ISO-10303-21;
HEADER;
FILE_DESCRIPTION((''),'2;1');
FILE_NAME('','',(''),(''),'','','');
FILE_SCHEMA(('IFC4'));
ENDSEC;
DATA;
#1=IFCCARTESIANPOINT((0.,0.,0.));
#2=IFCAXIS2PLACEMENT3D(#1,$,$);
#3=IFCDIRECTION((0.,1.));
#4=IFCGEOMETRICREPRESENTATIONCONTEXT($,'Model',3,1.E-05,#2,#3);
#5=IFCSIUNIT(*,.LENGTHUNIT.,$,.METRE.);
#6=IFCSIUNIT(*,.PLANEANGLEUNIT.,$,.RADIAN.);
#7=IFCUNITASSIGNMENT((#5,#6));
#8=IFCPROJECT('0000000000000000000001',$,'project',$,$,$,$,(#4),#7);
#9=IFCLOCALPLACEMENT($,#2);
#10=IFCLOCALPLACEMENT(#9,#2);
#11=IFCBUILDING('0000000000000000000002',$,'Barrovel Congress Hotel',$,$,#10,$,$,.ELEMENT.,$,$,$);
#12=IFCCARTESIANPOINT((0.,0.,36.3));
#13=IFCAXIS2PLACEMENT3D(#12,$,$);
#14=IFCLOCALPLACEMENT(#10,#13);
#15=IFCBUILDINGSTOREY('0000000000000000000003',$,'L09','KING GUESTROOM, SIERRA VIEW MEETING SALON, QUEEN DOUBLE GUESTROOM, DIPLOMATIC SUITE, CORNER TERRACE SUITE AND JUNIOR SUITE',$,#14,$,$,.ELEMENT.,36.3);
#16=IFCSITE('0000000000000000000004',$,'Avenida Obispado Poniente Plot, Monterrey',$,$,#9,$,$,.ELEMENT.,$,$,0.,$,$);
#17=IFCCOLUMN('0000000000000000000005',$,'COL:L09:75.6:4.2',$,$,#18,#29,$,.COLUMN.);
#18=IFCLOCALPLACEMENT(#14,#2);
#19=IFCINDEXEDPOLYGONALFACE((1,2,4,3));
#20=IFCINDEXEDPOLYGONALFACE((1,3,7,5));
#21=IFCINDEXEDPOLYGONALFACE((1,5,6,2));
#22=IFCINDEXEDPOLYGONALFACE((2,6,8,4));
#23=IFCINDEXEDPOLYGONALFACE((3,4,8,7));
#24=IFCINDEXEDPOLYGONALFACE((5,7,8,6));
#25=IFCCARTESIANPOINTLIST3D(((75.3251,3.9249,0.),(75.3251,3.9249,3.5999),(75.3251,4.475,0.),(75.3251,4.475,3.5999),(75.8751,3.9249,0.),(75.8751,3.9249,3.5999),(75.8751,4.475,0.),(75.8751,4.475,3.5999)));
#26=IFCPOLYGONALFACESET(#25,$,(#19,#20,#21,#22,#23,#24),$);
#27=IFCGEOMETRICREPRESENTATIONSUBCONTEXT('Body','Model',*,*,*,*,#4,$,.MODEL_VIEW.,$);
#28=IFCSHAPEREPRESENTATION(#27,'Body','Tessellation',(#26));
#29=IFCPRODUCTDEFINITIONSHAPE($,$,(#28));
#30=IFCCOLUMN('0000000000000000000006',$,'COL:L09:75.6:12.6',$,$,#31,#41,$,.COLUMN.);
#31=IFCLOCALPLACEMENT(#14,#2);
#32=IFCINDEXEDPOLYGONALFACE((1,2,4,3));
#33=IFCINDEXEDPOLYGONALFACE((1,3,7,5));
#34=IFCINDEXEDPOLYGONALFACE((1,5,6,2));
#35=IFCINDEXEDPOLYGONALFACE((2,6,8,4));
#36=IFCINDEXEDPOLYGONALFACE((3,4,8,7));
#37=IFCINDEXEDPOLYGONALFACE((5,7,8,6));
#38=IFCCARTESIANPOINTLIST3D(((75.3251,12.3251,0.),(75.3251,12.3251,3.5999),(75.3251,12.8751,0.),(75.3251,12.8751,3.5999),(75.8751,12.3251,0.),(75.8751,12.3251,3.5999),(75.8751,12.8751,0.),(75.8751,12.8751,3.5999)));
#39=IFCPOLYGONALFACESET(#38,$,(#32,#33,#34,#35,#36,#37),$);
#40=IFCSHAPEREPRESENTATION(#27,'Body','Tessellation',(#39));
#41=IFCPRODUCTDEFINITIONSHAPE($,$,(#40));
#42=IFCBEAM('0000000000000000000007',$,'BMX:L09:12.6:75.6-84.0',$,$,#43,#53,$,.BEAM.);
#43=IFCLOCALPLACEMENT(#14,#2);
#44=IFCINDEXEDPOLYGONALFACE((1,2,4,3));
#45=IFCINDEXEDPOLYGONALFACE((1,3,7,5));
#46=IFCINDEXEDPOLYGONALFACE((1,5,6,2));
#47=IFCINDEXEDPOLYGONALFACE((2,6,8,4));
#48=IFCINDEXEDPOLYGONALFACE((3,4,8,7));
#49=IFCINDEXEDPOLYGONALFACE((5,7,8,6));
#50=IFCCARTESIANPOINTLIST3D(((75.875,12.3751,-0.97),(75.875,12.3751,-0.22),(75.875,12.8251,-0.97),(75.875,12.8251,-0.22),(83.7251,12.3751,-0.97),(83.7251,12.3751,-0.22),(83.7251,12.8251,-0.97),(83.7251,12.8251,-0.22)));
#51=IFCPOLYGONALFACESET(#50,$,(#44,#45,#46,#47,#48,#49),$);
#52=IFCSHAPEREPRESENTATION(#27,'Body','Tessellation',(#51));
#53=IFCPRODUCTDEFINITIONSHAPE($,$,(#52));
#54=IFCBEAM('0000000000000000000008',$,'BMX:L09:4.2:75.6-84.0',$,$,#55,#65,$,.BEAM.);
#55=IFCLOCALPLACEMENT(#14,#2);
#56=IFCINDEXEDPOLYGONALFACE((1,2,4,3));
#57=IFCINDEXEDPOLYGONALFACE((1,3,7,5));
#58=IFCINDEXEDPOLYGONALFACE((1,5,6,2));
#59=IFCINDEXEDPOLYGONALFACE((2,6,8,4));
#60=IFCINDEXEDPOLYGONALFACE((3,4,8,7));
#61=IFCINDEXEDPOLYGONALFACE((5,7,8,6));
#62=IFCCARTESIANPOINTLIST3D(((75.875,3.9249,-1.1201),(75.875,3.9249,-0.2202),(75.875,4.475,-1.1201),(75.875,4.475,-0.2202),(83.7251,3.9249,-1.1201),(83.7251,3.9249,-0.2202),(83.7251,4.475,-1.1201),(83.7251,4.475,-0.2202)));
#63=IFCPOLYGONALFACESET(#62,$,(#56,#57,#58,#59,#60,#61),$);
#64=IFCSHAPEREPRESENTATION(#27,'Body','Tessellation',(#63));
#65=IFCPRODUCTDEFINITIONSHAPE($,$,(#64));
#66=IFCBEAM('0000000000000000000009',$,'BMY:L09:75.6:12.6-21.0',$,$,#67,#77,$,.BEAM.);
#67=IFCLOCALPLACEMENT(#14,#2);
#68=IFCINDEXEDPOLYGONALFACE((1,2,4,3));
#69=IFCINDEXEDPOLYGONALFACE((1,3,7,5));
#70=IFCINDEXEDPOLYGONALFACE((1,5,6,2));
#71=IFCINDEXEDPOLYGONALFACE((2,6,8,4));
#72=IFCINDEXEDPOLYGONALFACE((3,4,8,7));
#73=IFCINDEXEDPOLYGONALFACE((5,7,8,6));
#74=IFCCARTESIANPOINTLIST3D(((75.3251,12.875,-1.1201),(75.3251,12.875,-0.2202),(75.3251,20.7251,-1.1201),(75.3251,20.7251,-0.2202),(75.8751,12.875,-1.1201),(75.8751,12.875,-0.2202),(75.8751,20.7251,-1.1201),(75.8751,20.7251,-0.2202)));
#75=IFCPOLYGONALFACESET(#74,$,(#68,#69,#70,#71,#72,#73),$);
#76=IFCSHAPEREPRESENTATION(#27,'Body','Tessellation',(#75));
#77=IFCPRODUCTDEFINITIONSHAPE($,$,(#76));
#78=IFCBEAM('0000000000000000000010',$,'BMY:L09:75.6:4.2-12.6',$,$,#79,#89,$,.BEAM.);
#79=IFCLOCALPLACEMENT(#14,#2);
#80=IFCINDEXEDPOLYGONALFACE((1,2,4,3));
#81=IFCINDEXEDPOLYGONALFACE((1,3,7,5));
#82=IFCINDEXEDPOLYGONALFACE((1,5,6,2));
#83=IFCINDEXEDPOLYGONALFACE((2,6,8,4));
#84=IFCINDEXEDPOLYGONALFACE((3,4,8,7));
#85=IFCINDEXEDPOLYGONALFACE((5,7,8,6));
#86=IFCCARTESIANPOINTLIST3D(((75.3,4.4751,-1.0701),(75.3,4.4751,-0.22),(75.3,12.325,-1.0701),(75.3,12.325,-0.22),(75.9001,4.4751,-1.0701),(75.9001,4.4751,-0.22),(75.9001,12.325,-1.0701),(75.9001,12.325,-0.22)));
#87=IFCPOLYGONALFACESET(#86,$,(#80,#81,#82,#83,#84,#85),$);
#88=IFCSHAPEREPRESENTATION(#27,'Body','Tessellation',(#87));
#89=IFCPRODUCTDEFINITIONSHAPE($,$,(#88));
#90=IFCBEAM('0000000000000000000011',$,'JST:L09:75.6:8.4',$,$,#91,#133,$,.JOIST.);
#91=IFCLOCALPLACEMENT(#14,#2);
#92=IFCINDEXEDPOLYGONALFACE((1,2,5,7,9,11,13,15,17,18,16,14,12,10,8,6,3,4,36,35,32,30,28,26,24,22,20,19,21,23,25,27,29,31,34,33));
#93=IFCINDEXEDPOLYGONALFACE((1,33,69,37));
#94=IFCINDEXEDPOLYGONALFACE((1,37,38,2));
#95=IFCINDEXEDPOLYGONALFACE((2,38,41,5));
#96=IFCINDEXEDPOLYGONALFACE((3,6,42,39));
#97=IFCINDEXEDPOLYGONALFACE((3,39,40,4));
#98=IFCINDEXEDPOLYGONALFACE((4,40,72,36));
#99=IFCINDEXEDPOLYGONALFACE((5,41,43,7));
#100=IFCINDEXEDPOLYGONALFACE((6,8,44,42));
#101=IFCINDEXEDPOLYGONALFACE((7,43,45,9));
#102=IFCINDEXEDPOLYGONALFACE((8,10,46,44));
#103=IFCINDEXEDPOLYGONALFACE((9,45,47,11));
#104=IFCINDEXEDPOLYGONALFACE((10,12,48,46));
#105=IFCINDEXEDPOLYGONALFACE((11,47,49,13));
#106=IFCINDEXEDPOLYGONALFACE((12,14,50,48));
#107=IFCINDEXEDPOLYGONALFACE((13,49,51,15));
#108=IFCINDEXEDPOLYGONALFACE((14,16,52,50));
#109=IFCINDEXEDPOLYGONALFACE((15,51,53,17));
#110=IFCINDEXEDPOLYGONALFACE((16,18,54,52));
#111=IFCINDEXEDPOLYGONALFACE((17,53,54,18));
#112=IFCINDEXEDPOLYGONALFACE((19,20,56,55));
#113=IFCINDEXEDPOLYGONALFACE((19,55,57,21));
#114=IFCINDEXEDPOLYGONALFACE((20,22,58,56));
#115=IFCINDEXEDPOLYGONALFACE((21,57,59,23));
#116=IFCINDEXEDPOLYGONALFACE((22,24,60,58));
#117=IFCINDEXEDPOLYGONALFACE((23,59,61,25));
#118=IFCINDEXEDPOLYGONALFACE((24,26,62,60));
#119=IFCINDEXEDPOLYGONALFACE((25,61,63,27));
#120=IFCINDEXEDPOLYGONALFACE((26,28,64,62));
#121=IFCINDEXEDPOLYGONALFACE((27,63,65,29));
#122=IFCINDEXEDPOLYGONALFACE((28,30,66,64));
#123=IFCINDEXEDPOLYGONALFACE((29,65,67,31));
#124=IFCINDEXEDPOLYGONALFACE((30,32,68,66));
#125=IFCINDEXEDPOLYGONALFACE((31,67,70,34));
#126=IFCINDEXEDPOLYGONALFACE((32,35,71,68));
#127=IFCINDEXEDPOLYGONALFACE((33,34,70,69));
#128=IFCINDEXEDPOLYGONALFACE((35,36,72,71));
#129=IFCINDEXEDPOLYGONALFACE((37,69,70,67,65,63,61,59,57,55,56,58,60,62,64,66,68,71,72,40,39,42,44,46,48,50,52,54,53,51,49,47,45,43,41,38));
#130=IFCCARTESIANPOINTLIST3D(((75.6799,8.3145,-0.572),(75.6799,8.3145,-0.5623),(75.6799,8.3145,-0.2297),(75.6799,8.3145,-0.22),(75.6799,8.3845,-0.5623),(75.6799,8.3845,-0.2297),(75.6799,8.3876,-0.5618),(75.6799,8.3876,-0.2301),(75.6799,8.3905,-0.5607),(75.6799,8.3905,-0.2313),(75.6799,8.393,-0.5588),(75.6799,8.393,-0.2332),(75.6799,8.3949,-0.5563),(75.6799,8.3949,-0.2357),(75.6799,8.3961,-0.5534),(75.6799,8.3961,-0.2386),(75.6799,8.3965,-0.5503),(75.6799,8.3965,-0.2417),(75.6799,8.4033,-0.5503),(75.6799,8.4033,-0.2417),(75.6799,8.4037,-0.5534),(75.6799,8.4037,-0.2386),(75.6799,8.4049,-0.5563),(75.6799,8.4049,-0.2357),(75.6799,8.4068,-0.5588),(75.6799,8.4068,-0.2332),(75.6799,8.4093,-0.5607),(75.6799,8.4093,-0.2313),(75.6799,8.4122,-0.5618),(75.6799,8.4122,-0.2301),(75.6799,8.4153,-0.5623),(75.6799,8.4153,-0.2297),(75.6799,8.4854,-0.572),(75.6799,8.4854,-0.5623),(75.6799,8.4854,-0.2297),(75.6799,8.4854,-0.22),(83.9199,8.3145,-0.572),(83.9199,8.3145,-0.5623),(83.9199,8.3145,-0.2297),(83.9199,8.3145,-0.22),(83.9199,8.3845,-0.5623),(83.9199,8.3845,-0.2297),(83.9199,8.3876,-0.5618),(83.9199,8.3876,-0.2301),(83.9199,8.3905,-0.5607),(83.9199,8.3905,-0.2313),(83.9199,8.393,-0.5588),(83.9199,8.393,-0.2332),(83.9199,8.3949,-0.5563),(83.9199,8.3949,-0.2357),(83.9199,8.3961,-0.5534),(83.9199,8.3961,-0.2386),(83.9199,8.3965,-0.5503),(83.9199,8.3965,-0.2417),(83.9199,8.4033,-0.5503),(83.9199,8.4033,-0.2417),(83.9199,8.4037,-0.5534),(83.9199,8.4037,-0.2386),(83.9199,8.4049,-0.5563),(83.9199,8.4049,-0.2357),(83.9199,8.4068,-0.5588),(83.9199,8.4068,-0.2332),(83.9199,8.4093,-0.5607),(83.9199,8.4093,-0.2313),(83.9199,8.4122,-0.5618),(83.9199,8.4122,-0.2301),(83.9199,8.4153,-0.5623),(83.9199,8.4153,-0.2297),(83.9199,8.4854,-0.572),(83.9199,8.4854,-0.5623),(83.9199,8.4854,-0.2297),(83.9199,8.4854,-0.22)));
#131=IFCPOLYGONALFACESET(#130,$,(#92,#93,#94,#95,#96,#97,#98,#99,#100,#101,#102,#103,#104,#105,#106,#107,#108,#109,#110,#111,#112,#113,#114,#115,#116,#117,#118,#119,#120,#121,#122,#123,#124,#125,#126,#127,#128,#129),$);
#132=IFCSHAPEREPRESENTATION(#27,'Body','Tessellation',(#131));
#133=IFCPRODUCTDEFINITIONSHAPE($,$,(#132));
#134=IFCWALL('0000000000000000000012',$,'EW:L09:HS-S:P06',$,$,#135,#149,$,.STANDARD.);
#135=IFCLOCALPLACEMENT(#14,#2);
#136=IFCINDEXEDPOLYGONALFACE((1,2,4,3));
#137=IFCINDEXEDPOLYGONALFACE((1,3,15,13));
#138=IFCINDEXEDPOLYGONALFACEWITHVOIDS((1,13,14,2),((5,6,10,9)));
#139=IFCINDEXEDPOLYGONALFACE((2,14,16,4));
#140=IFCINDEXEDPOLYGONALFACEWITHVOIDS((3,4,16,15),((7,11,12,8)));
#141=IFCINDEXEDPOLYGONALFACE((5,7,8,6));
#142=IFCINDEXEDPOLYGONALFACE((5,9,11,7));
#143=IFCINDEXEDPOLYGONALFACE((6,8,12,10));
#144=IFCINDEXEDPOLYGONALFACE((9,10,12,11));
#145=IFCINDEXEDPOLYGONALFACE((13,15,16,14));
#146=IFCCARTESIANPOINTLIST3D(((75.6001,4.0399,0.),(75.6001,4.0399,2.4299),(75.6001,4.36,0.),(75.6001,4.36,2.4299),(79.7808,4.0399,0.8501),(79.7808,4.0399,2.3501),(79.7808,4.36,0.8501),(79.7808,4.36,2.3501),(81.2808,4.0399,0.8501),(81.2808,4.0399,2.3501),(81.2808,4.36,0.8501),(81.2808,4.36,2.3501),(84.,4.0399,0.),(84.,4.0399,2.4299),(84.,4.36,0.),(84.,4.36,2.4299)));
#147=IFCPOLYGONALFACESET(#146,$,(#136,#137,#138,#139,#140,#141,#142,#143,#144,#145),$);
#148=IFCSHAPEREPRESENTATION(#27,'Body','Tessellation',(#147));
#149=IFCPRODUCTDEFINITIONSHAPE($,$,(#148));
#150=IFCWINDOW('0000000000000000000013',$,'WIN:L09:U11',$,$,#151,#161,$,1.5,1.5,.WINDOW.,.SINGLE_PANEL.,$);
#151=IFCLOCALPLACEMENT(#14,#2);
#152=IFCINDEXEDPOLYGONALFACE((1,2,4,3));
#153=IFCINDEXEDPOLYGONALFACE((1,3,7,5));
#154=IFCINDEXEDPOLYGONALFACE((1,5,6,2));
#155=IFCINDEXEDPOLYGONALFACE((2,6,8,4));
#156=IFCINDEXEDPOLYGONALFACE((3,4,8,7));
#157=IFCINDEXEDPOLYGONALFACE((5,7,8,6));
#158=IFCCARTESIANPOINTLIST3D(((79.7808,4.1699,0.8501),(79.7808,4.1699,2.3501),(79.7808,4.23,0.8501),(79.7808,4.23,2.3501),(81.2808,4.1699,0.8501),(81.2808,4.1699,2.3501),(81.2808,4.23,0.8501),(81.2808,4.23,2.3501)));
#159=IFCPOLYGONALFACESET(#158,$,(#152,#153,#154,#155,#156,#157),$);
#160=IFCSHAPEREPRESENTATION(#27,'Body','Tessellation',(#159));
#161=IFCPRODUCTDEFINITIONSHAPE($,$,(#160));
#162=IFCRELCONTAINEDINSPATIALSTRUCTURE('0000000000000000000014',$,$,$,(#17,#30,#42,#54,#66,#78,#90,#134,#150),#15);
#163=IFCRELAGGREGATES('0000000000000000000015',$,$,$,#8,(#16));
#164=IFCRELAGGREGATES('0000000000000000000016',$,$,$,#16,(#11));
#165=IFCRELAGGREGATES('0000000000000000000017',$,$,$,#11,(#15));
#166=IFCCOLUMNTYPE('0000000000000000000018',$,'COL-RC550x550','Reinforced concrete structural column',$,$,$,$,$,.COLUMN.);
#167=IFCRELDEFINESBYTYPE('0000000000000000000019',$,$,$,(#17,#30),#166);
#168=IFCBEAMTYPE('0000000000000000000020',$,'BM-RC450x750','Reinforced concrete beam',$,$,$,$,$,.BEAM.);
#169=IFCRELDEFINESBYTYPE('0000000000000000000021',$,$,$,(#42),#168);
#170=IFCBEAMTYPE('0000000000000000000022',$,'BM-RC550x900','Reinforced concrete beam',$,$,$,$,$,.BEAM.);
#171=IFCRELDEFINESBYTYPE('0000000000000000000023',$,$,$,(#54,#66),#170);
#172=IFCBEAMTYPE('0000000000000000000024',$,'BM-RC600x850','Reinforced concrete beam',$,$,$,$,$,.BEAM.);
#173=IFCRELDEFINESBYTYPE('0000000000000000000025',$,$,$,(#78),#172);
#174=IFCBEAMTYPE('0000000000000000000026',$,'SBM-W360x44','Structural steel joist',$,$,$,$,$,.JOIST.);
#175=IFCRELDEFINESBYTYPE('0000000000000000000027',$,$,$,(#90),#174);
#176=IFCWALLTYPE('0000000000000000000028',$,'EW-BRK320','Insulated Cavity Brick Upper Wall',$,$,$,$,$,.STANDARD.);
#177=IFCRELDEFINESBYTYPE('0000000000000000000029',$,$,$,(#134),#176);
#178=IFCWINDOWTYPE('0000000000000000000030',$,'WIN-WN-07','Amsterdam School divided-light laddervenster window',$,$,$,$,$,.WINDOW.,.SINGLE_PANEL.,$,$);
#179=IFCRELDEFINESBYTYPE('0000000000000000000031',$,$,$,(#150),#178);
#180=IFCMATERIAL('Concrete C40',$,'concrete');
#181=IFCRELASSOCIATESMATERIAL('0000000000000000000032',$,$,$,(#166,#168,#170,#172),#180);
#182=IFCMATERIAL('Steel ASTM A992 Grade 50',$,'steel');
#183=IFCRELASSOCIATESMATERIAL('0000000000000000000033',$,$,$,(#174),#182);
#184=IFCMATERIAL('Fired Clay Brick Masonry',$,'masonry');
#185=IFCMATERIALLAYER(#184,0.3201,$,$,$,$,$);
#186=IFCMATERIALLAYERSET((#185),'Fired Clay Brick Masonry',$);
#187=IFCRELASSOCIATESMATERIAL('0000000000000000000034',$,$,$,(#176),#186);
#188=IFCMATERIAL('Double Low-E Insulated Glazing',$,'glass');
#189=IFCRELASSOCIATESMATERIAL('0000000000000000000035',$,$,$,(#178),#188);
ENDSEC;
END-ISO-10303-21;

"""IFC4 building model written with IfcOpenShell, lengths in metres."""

from ifc_helpers import new_model, si_unit, direction, frame, frame_2d, origin, origin_2d, place, context, subcontext, project, spatial, rectangle, i_section, extrude, material, layer, layer_set, material_profile, profile_set, type_object, element, fill, save


model = new_model("IFC4")

# Units and contexts
model_context = context("Model", 3, precision=1e-05, world=origin(), true_north=direction((0.0, 1.0)))
body_context = subcontext(model_context, "Body", "Model", "MODEL_VIEW")
ifc_project = project(units=[si_unit("LENGTHUNIT", "METRE"), si_unit("PLANEANGLEUNIT", "RADIAN")], contexts=[model_context])

# Site, building, storey
site_placement = place(None, origin())
site = spatial("IfcSite", under=ifc_project, at=site_placement, Name="Avenida Obispado Poniente Plot, Monterrey", CompositionType="ELEMENT", RefElevation=0.0)
building_placement = place(site_placement, origin())
building = spatial("IfcBuilding", under=site, at=building_placement, Name="Barrovel Congress Hotel", CompositionType="ELEMENT")
storey_placement = place(building_placement, frame((0.0, 0.0, 36.3)))
storey = spatial("IfcBuildingStorey", under=building, at=storey_placement, Name="L09", Description="KING GUESTROOM, SIERRA VIEW MEETING SALON, QUEEN DOUBLE GUESTROOM, DIPLOMATIC SUITE, CORNER TERRACE SUITE AND JUNIOR SUITE", CompositionType="ELEMENT", Elevation=36.3)

# Columns
ifc_material_1 = material(Name="Concrete C40", Category="concrete")
ifc_material_profile_1 = material_profile(ifc_material_1, rectangle(XDim=0.55, YDim=0.55, at=origin_2d()), Name="RC550x550")
ifc_profile_set_1 = profile_set([ifc_material_profile_1], Name="Concrete C40")
column_type = type_object("IfcColumnType", Name="COL-RC550x550", Description="Reinforced concrete structural column", PredefinedType="COLUMN", material=ifc_profile_set_1)
for number, where, z_axis, x_axis, name in (
    (1, (75.6001, 4.2, 0.0), (0.0, 0.0, 1.0), (1.0, 0.0, 0.0), "COL:L09:75.6:4.2"),
    (2, (75.6001, 12.6001, 0.0), (0.0, 0.0, 1.0), (1.0, 0.0, 0.0), "COL:L09:75.6:12.6"),
):
    element("IfcColumn", number, at=place(storey_placement, frame(where, z_axis=z_axis, x_axis=x_axis)), inside=storey, type_object=column_type, Name=name, PredefinedType="COLUMN", context=body_context, shape_type="SweptSolid", body=[
        extrude(rectangle(XDim=0.55, YDim=0.55, at=origin_2d()), origin(), (0.0, 0.0, 1.0), 3.5999),
    ])

# Beams
ifc_material_profile_2 = material_profile(ifc_material_1, rectangle(XDim=0.45, YDim=0.75, at=origin_2d()), Name="RC450x750")
ifc_profile_set_2 = profile_set([ifc_material_profile_2], Name="Concrete C40")
beam_type_1 = type_object("IfcBeamType", Name="BM-RC450x750", Description="Reinforced concrete beam", PredefinedType="BEAM", material=ifc_profile_set_2)
beam_1_placement = place(storey_placement, frame((75.875, 12.6001, -0.595), z_axis=(1.0, 0.0, 0.0), x_axis=(0.0, 1.0, 0.0)))
element("IfcBeam", 3, at=beam_1_placement, inside=storey, type_object=beam_type_1, Name="BMX:L09:12.6:75.6-84.0", PredefinedType="BEAM", context=body_context, shape_type="SweptSolid", body=[
    extrude(rectangle(XDim=0.45, YDim=0.75, at=origin_2d()), origin(), (0.0, 0.0, 1.0), 7.8501),
])
ifc_material_profile_3 = material_profile(ifc_material_1, rectangle(XDim=0.55, YDim=0.8999, at=origin_2d()), Name="RC550x900")
ifc_profile_set_3 = profile_set([ifc_material_profile_3], Name="Concrete C40")
beam_type_2 = type_object("IfcBeamType", Name="BM-RC550x900", Description="Reinforced concrete beam", PredefinedType="BEAM", material=ifc_profile_set_3)
for number, where, z_axis, x_axis, name in (
    (4, (75.875, 4.2, -0.6702), (1.0, 0.0, 0.0), (0.0, 1.0, 0.0), "BMX:L09:4.2:75.6-84.0"),
    (5, (75.6001, 12.875, -0.6702), (0.0, 1.0, 0.0), (-1.0, 0.0, 0.0), "BMY:L09:75.6:12.6-21.0"),
):
    element("IfcBeam", number, at=place(storey_placement, frame(where, z_axis=z_axis, x_axis=x_axis)), inside=storey, type_object=beam_type_2, Name=name, PredefinedType="BEAM", context=body_context, shape_type="SweptSolid", body=[
        extrude(rectangle(XDim=0.55, YDim=0.8999, at=origin_2d()), origin(), (0.0, 0.0, 1.0), 7.8501),
    ])
ifc_material_profile_4 = material_profile(ifc_material_1, rectangle(XDim=0.6001, YDim=0.8501, at=origin_2d()), Name="RC600x850")
ifc_profile_set_4 = profile_set([ifc_material_profile_4], Name="Concrete C40")
beam_type_3 = type_object("IfcBeamType", Name="BM-RC600x850", Description="Reinforced concrete beam", PredefinedType="BEAM", material=ifc_profile_set_4)
beam_2_placement = place(storey_placement, frame((75.6001, 4.4751, -0.645), z_axis=(0.0, 1.0, 0.0), x_axis=(-1.0, 0.0, 0.0)))
element("IfcBeam", 6, at=beam_2_placement, inside=storey, type_object=beam_type_3, Name="BMY:L09:75.6:4.2-12.6", PredefinedType="BEAM", context=body_context, shape_type="SweptSolid", body=[
    extrude(rectangle(XDim=0.6001, YDim=0.8501, at=origin_2d()), origin(), (0.0, 0.0, 1.0), 7.8499),
])
ifc_material_2 = material(Name="Steel ASTM A992 Grade 50", Category="steel")
ifc_material_profile_5 = material_profile(ifc_material_2, i_section(OverallWidth=0.1709, OverallDepth=0.3521, WebThickness=0.0068, FlangeThickness=0.0098, FilletRadius=0.012, at=origin_2d()), Name="W360x44")
ifc_profile_set_5 = profile_set([ifc_material_profile_5], Name="Steel ASTM A992 Grade 50")
beam_type_4 = type_object("IfcBeamType", Name="SBM-W360x44", Description="Structural steel joist", PredefinedType="JOIST", material=ifc_profile_set_5)
beam_3_placement = place(storey_placement, frame((75.6799, 8.3999, -0.396), z_axis=(1.0, 0.0, 0.0), x_axis=(0.0, 1.0, 0.0)))
element("IfcBeam", 7, at=beam_3_placement, inside=storey, type_object=beam_type_4, Name="JST:L09:75.6:8.4", PredefinedType="JOIST", context=body_context, shape_type="SweptSolid", body=[
    extrude(i_section(OverallWidth=0.1709, OverallDepth=0.3521, WebThickness=0.0068, FlangeThickness=0.0098, FilletRadius=0.012, at=origin_2d()), origin(), (0.0, 0.0, 1.0), 8.24),
])

# Wall, opening, window
ifc_material_3 = material(Name="Fired Clay Brick Masonry", Category="masonry")
ifc_layer_1 = layer(ifc_material_3, 0.3201)
ifc_layer_set_1 = layer_set([ifc_layer_1], Name="Fired Clay Brick Masonry")
wall_type_1 = type_object("IfcWallType", Name="EW-BRK320", Description="Insulated Cavity Brick Upper Wall", PredefinedType="STANDARD", material=ifc_layer_set_1)
wall_1_placement = place(storey_placement, frame((75.6001, 4.2, 0.0), z_axis=(0.0, 0.0, 1.0), x_axis=(1.0, 0.0, 0.0)))
wall_1 = element("IfcWall", 8, at=wall_1_placement, inside=storey, type_object=wall_type_1, Name="EW:L09:HS-S:P06", PredefinedType="STANDARD", context=body_context, shape_type="SweptSolid", body=[
    extrude(rectangle(XDim=8.3999, YDim=0.3201, at=frame_2d((4.2, 0.0))), origin(), (0.0, 0.0, 1.0), 2.4299),
])
opening_1_placement = place(wall_1_placement, frame((4.1807, 0.0, 0.8501)))
opening_1 = element("IfcOpeningElement", 9, at=opening_1_placement, cuts=wall_1, PredefinedType="OPENING", context=body_context, shape_type="SweptSolid", body=[
    extrude(rectangle(XDim=1.5, YDim=1.5, at=frame_2d((0.75, 0.75))), frame((0.0, 0.1699, 0.0), z_axis=(0.0, -1.0, 0.0), x_axis=(1.0, 0.0, 0.0)), (0.0, 0.0, 1.0), 0.3401),
])
ifc_material_4 = material(Name="Double Low-E Insulated Glazing", Category="glass")
window_type = type_object("IfcWindowType", Name="WIN-WN-07", Description="Amsterdam School divided-light laddervenster window", PartitioningType="SINGLE_PANEL", PredefinedType="WINDOW", material=ifc_material_4)
window_placement = place(opening_1_placement, origin())
window = element("IfcWindow", 10, at=window_placement, inside=storey, type_object=window_type, Name="WIN:L09:U11", OverallHeight=1.5, OverallWidth=1.5, PartitioningType="SINGLE_PANEL", PredefinedType="WINDOW", context=body_context, shape_type="SweptSolid", body=[
    extrude(rectangle(XDim=1.5, YDim=1.5, at=frame_2d((0.75, 0.75))), frame((0.0, 0.03, 0.0), z_axis=(0.0, -1.0, 0.0), x_axis=(1.0, 0.0, 0.0)), (0.0, 0.0, 1.0), 0.0601),
])
fill(opening_1, window)

save(model, "model.ifc")
